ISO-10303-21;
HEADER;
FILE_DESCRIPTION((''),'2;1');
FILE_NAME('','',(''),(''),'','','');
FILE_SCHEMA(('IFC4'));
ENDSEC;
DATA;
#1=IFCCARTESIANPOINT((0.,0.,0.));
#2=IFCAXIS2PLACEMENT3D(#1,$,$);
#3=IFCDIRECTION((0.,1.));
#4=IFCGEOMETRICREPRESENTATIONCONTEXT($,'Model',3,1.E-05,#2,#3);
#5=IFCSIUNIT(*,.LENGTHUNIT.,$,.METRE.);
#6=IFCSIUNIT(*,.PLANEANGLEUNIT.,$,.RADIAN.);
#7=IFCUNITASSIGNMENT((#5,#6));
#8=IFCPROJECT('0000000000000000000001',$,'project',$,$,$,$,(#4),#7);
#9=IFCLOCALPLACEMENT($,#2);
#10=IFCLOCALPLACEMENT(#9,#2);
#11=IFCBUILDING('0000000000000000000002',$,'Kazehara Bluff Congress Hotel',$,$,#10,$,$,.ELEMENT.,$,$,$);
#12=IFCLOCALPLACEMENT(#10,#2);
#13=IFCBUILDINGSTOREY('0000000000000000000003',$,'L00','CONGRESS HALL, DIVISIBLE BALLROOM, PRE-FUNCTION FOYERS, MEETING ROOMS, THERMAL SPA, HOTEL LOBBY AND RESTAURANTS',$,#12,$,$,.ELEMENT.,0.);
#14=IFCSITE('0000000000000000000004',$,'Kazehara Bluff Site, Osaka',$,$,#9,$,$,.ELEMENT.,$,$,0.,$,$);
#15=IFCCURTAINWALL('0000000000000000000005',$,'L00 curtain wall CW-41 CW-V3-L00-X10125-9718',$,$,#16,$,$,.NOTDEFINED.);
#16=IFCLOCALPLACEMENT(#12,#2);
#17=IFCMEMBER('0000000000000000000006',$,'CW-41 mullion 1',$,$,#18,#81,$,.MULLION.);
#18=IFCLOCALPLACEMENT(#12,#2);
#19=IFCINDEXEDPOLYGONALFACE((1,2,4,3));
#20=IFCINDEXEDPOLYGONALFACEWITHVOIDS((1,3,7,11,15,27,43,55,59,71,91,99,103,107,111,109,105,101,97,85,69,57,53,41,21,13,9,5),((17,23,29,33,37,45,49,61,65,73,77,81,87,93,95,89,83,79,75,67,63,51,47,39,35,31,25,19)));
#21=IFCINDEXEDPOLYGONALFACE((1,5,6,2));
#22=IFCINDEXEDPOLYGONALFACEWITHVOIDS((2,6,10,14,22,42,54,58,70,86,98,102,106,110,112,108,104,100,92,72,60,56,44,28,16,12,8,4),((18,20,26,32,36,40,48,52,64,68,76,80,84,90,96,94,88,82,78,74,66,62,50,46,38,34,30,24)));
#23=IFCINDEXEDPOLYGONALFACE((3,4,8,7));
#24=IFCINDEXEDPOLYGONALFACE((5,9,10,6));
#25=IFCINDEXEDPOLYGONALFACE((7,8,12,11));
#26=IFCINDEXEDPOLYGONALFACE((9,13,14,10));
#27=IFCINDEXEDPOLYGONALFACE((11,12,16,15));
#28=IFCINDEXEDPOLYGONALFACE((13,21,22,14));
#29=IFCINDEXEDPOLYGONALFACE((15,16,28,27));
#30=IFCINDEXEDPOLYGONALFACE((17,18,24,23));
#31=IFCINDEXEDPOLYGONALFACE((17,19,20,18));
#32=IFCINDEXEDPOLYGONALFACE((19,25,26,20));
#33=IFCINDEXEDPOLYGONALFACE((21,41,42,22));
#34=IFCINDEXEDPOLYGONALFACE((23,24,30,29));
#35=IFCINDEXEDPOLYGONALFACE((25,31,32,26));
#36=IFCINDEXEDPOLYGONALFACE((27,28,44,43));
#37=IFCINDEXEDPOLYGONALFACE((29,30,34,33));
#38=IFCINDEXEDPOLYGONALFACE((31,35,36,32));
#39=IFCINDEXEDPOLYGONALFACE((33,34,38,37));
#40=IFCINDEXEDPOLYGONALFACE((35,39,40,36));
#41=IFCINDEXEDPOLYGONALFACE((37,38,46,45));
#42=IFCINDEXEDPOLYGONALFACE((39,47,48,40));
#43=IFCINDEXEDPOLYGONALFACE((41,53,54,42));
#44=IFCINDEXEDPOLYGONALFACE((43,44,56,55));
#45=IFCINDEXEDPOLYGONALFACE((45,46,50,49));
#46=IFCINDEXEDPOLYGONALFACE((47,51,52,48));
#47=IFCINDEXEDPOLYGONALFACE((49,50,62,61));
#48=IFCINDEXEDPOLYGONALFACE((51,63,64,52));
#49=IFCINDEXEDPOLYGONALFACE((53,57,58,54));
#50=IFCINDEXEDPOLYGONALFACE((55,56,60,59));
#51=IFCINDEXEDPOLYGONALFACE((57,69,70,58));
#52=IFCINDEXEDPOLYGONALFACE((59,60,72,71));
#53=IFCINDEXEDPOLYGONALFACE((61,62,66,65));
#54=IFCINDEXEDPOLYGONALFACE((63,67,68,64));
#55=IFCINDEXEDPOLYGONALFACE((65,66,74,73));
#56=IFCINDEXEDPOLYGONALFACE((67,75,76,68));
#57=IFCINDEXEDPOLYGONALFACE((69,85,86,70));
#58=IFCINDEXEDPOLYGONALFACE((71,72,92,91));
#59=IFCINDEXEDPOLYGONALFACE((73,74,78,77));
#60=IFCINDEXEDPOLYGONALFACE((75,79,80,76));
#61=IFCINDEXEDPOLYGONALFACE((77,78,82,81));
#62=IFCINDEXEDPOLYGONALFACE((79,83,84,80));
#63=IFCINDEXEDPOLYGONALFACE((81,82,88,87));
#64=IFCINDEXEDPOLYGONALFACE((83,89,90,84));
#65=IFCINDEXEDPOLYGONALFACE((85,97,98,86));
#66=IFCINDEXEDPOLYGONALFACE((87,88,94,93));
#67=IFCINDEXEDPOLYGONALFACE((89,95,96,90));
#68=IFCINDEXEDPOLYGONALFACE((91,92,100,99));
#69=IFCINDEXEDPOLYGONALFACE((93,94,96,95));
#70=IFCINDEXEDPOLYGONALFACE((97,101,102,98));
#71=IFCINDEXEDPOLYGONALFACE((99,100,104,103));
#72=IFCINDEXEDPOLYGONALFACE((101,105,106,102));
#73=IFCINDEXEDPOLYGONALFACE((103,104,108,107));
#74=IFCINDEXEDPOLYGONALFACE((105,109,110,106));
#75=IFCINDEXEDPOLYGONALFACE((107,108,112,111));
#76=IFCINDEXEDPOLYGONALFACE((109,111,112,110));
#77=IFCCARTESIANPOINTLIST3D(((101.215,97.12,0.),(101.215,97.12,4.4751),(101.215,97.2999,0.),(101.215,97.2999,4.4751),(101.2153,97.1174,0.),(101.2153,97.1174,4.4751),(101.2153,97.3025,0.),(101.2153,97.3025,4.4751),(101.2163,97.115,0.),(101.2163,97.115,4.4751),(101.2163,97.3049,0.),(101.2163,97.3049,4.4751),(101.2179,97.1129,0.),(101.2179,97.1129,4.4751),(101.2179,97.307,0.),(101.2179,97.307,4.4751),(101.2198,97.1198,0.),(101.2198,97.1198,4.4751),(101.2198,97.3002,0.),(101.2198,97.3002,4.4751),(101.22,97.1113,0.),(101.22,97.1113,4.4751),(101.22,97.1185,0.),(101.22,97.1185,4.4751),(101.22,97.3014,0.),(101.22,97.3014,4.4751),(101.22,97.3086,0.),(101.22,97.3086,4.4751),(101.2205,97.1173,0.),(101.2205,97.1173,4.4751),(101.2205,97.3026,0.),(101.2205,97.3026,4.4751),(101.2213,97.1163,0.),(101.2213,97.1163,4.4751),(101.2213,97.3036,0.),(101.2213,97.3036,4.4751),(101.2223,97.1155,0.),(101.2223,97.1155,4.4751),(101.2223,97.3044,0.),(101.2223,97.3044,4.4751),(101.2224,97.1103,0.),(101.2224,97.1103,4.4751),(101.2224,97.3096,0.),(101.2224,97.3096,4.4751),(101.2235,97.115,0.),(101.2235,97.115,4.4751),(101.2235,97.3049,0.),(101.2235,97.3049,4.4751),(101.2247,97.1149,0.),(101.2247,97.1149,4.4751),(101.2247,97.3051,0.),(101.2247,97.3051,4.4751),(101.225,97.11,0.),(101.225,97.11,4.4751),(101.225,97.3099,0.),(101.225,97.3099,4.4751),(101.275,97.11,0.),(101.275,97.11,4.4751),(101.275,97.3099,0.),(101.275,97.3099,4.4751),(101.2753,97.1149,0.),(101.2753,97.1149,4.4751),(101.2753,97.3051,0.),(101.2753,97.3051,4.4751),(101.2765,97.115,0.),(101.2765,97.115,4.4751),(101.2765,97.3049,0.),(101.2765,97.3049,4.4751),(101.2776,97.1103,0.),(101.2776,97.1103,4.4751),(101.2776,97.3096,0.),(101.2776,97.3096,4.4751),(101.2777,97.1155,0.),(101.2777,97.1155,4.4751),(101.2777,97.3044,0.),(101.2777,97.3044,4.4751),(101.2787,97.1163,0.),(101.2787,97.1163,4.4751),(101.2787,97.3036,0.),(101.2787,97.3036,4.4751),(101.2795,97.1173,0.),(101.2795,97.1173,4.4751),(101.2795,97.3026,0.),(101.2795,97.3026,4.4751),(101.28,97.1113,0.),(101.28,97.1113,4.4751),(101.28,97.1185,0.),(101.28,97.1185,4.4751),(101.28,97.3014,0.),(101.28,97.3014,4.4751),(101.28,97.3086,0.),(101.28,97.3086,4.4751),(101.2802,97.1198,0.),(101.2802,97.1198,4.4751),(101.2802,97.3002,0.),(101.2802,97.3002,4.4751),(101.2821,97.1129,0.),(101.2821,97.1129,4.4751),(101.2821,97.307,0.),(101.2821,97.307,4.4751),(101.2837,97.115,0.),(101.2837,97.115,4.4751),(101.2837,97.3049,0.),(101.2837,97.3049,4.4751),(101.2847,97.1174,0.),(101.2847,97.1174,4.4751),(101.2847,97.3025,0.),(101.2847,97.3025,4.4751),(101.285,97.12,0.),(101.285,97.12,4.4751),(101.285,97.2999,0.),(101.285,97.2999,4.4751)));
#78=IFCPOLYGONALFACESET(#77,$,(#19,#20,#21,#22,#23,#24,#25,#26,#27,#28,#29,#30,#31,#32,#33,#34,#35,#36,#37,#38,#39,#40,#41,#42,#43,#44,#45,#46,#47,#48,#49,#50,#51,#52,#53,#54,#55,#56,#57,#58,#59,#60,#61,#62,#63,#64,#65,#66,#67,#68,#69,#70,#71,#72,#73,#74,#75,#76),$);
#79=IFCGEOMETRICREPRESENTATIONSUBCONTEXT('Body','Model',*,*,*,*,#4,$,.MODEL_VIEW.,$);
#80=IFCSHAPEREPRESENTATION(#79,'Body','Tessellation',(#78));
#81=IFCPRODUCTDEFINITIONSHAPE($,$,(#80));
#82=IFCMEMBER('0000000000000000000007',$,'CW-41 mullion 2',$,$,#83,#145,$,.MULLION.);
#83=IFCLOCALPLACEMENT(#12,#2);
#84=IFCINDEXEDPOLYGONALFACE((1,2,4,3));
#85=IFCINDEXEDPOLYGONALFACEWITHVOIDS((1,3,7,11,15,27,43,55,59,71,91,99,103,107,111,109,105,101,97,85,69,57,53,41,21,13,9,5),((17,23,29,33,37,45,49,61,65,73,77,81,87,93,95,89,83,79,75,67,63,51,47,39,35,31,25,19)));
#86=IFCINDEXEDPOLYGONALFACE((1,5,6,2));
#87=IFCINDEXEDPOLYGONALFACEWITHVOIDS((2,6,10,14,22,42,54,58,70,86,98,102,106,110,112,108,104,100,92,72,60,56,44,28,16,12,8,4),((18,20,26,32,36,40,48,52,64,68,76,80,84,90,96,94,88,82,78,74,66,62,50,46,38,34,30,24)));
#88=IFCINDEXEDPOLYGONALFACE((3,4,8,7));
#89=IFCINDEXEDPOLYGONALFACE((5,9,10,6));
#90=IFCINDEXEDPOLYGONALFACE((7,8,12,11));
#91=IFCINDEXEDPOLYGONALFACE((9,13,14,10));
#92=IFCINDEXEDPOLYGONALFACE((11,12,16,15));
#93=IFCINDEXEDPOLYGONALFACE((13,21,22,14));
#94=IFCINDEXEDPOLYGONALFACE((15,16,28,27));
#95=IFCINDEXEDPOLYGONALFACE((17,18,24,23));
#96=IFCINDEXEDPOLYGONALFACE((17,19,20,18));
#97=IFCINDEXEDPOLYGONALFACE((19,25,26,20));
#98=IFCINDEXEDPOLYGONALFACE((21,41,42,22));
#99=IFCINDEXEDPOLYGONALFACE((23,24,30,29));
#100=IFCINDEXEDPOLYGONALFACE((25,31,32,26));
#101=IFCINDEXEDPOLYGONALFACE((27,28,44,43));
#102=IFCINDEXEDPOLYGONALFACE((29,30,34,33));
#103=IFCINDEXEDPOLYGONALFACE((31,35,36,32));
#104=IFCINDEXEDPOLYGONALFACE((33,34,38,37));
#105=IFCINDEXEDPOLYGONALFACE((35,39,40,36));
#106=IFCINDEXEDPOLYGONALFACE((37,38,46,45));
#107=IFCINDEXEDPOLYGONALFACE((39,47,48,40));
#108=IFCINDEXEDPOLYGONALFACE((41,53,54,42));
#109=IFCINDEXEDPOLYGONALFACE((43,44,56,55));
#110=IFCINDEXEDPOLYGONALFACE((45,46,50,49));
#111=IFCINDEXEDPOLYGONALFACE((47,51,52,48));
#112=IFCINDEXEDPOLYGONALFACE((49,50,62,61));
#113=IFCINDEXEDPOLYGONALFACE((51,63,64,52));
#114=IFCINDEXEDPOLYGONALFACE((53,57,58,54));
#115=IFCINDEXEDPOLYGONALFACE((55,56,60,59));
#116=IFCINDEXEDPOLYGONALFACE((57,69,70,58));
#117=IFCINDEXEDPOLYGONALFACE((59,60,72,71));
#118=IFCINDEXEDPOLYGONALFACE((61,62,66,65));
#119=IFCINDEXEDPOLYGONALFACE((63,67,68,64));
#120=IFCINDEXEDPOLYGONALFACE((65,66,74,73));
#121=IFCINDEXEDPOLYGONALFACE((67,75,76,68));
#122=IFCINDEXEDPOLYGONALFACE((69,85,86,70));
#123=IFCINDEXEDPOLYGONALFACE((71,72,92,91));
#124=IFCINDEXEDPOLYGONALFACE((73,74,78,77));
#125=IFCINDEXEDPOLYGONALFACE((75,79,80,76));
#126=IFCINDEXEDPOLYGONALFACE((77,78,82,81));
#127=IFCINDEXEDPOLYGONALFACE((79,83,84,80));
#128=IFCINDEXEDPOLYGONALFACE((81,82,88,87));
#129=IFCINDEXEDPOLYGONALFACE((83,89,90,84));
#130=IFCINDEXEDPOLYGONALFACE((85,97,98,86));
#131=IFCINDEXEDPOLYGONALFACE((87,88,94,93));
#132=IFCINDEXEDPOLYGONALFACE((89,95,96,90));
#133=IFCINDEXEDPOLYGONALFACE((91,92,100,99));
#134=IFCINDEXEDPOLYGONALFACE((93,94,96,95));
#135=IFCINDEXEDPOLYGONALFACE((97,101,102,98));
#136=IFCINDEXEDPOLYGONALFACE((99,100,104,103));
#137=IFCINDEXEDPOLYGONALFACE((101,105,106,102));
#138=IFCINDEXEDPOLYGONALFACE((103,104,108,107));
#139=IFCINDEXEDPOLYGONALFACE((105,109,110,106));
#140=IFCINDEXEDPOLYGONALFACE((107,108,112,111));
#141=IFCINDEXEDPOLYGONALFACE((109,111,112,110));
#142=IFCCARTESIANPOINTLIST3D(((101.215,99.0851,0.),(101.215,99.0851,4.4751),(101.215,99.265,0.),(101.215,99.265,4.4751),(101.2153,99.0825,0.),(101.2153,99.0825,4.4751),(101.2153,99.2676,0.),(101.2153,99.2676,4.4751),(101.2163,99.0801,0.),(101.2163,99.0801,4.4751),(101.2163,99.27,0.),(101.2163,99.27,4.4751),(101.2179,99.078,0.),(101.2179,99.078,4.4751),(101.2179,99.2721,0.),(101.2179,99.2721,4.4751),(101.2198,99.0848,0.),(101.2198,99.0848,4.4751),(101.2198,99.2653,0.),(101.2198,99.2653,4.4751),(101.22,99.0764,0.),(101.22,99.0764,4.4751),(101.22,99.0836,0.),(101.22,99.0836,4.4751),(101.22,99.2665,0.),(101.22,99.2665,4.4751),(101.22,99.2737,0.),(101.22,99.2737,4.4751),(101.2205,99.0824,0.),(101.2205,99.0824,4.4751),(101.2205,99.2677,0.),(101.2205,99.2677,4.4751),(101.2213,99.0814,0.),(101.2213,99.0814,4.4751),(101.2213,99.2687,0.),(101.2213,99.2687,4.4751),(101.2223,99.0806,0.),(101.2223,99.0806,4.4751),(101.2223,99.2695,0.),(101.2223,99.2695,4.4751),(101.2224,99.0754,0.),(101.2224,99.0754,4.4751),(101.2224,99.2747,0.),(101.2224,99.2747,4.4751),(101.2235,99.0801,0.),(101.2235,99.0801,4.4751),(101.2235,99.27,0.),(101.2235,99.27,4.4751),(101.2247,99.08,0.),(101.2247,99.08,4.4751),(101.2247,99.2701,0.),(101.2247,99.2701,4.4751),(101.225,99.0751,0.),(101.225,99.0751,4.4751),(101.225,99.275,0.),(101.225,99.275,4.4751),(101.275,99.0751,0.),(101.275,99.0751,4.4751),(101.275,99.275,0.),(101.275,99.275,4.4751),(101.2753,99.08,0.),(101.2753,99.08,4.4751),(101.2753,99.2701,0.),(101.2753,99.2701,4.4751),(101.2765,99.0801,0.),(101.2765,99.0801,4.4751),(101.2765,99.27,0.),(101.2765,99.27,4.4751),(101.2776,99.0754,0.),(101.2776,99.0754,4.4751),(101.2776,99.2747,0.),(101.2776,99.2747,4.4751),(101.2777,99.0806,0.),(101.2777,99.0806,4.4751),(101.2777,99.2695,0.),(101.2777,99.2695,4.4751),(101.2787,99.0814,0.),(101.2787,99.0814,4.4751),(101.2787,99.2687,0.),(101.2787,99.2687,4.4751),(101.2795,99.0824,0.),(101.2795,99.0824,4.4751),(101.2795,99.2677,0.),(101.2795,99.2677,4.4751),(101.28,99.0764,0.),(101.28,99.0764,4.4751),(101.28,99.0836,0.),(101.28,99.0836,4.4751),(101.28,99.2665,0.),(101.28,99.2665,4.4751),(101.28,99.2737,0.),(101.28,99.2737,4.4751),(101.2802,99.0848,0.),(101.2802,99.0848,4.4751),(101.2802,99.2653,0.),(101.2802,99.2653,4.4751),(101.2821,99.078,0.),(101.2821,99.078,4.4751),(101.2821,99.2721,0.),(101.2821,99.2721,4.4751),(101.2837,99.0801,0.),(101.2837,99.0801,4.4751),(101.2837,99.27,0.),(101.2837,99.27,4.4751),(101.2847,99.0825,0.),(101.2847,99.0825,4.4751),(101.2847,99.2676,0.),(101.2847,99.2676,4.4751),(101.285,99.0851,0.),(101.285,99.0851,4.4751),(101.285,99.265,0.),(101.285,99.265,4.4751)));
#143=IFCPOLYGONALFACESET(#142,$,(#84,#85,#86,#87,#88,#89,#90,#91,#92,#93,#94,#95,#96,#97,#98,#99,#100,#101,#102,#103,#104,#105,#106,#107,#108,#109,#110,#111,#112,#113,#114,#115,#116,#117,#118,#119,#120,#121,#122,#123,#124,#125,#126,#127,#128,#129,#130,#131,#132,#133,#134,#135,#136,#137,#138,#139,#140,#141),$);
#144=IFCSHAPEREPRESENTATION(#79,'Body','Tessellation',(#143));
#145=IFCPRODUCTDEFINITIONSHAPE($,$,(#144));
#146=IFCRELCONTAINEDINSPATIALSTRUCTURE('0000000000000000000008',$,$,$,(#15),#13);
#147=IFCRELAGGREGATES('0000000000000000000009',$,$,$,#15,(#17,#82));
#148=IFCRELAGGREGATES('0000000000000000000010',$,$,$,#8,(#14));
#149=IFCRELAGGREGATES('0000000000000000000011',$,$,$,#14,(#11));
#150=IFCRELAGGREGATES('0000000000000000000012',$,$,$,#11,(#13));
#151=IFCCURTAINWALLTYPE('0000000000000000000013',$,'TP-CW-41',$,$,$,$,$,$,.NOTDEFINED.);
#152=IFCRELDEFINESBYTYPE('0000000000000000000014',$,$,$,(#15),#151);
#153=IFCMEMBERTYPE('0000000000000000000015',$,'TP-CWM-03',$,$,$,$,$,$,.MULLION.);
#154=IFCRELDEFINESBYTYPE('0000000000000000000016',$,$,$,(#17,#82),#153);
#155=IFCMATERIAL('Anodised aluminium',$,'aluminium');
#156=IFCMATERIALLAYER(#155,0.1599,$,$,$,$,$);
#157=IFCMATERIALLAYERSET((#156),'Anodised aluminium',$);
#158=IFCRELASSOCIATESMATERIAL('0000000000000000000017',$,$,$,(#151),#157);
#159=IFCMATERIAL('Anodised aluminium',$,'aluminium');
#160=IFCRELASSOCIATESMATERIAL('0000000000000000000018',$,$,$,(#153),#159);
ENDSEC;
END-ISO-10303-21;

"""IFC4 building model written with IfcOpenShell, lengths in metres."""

from ifc_helpers import new_model, si_unit, direction, frame, origin, origin_2d, place, context, subcontext, project, spatial, hollow_rectangle, extrude, material, layer, layer_set, material_profile, profile_set, type_object, element, aggregate, save


model = new_model("IFC4")

# Units and contexts
model_context = context("Model", 3, precision=1e-05, world=origin(), true_north=direction((0.0, 1.0)))
body_context = subcontext(model_context, "Body", "Model", "MODEL_VIEW")
ifc_project = project(units=[si_unit("LENGTHUNIT", "METRE"), si_unit("PLANEANGLEUNIT", "RADIAN")], contexts=[model_context])

# Site, building, storey
site_placement = place(None, origin())
site = spatial("IfcSite", under=ifc_project, at=site_placement, Name="Kazehara Bluff Site, Osaka", CompositionType="ELEMENT", RefElevation=0.0)
building_placement = place(site_placement, origin())
building = spatial("IfcBuilding", under=site, at=building_placement, Name="Kazehara Bluff Congress Hotel", CompositionType="ELEMENT")
storey_placement = place(building_placement, origin())
storey = spatial("IfcBuildingStorey", under=building, at=storey_placement, Name="L00", Description="CONGRESS HALL, DIVISIBLE BALLROOM, PRE-FUNCTION FOYERS, MEETING ROOMS, THERMAL SPA, HOTEL LOBBY AND RESTAURANTS", CompositionType="ELEMENT", Elevation=0.0)

# Curtain wall, members
ifc_material_1 = material(Name="Anodised aluminium", Category="aluminium")
ifc_layer_1 = layer(ifc_material_1, 0.1599)
ifc_layer_set_1 = layer_set([ifc_layer_1], Name="Anodised aluminium")
curtain_wall_type_1 = type_object("IfcCurtainWallType", Name="TP-CW-41", PredefinedType="NOTDEFINED", material=ifc_layer_set_1)
curtain_wall_1_placement = place(storey_placement, origin())
curtain_wall_1 = element("IfcCurtainWall", 1, at=curtain_wall_1_placement, inside=storey, type_object=curtain_wall_type_1, Name="L00 curtain wall CW-41 CW-V3-L00-X10125-9718", PredefinedType="NOTDEFINED")
ifc_material_2 = material(Name="Anodised aluminium", Category="aluminium")
ifc_material_profile_1 = material_profile(ifc_material_2, hollow_rectangle(XDim=0.0701, YDim=0.2, WallThickness=0.0049, InnerFilletRadius=0.0049, OuterFilletRadius=0.01, at=origin_2d()))
ifc_profile_set_1 = profile_set([ifc_material_profile_1], Name="Anodised aluminium")
member_type_1 = type_object("IfcMemberType", Name="TP-CWM-03", PredefinedType="MULLION", material=ifc_profile_set_1)
member_1_placement = place(storey_placement, frame((101.25, 97.21, 0.0), z_axis=(0.0, 0.0, 1.0), x_axis=(-1.0, 0.0, 0.0)))
member_1 = element("IfcMember", 2, at=member_1_placement, type_object=member_type_1, Name="CW-41 mullion 1", PredefinedType="MULLION", context=body_context, shape_type="SweptSolid", body=[
    extrude(hollow_rectangle(XDim=0.0701, YDim=0.2, WallThickness=0.0049, InnerFilletRadius=0.0049, OuterFilletRadius=0.01, at=origin_2d()), origin(), (0.0, 0.0, 1.0), 4.4751),
])
member_2_placement = place(storey_placement, frame((101.25, 99.175, 0.0), z_axis=(0.0, 0.0, 1.0), x_axis=(-1.0, 0.0, 0.0)))
member_2 = element("IfcMember", 3, at=member_2_placement, type_object=member_type_1, Name="CW-41 mullion 2", PredefinedType="MULLION", context=body_context, shape_type="SweptSolid", body=[
    extrude(hollow_rectangle(XDim=0.0701, YDim=0.2, WallThickness=0.0049, InnerFilletRadius=0.0049, OuterFilletRadius=0.01, at=origin_2d()), origin(), (0.0, 0.0, 1.0), 4.4751),
])

aggregate(curtain_wall_1, [member_1, member_2])

save(model, "model.ifc")
